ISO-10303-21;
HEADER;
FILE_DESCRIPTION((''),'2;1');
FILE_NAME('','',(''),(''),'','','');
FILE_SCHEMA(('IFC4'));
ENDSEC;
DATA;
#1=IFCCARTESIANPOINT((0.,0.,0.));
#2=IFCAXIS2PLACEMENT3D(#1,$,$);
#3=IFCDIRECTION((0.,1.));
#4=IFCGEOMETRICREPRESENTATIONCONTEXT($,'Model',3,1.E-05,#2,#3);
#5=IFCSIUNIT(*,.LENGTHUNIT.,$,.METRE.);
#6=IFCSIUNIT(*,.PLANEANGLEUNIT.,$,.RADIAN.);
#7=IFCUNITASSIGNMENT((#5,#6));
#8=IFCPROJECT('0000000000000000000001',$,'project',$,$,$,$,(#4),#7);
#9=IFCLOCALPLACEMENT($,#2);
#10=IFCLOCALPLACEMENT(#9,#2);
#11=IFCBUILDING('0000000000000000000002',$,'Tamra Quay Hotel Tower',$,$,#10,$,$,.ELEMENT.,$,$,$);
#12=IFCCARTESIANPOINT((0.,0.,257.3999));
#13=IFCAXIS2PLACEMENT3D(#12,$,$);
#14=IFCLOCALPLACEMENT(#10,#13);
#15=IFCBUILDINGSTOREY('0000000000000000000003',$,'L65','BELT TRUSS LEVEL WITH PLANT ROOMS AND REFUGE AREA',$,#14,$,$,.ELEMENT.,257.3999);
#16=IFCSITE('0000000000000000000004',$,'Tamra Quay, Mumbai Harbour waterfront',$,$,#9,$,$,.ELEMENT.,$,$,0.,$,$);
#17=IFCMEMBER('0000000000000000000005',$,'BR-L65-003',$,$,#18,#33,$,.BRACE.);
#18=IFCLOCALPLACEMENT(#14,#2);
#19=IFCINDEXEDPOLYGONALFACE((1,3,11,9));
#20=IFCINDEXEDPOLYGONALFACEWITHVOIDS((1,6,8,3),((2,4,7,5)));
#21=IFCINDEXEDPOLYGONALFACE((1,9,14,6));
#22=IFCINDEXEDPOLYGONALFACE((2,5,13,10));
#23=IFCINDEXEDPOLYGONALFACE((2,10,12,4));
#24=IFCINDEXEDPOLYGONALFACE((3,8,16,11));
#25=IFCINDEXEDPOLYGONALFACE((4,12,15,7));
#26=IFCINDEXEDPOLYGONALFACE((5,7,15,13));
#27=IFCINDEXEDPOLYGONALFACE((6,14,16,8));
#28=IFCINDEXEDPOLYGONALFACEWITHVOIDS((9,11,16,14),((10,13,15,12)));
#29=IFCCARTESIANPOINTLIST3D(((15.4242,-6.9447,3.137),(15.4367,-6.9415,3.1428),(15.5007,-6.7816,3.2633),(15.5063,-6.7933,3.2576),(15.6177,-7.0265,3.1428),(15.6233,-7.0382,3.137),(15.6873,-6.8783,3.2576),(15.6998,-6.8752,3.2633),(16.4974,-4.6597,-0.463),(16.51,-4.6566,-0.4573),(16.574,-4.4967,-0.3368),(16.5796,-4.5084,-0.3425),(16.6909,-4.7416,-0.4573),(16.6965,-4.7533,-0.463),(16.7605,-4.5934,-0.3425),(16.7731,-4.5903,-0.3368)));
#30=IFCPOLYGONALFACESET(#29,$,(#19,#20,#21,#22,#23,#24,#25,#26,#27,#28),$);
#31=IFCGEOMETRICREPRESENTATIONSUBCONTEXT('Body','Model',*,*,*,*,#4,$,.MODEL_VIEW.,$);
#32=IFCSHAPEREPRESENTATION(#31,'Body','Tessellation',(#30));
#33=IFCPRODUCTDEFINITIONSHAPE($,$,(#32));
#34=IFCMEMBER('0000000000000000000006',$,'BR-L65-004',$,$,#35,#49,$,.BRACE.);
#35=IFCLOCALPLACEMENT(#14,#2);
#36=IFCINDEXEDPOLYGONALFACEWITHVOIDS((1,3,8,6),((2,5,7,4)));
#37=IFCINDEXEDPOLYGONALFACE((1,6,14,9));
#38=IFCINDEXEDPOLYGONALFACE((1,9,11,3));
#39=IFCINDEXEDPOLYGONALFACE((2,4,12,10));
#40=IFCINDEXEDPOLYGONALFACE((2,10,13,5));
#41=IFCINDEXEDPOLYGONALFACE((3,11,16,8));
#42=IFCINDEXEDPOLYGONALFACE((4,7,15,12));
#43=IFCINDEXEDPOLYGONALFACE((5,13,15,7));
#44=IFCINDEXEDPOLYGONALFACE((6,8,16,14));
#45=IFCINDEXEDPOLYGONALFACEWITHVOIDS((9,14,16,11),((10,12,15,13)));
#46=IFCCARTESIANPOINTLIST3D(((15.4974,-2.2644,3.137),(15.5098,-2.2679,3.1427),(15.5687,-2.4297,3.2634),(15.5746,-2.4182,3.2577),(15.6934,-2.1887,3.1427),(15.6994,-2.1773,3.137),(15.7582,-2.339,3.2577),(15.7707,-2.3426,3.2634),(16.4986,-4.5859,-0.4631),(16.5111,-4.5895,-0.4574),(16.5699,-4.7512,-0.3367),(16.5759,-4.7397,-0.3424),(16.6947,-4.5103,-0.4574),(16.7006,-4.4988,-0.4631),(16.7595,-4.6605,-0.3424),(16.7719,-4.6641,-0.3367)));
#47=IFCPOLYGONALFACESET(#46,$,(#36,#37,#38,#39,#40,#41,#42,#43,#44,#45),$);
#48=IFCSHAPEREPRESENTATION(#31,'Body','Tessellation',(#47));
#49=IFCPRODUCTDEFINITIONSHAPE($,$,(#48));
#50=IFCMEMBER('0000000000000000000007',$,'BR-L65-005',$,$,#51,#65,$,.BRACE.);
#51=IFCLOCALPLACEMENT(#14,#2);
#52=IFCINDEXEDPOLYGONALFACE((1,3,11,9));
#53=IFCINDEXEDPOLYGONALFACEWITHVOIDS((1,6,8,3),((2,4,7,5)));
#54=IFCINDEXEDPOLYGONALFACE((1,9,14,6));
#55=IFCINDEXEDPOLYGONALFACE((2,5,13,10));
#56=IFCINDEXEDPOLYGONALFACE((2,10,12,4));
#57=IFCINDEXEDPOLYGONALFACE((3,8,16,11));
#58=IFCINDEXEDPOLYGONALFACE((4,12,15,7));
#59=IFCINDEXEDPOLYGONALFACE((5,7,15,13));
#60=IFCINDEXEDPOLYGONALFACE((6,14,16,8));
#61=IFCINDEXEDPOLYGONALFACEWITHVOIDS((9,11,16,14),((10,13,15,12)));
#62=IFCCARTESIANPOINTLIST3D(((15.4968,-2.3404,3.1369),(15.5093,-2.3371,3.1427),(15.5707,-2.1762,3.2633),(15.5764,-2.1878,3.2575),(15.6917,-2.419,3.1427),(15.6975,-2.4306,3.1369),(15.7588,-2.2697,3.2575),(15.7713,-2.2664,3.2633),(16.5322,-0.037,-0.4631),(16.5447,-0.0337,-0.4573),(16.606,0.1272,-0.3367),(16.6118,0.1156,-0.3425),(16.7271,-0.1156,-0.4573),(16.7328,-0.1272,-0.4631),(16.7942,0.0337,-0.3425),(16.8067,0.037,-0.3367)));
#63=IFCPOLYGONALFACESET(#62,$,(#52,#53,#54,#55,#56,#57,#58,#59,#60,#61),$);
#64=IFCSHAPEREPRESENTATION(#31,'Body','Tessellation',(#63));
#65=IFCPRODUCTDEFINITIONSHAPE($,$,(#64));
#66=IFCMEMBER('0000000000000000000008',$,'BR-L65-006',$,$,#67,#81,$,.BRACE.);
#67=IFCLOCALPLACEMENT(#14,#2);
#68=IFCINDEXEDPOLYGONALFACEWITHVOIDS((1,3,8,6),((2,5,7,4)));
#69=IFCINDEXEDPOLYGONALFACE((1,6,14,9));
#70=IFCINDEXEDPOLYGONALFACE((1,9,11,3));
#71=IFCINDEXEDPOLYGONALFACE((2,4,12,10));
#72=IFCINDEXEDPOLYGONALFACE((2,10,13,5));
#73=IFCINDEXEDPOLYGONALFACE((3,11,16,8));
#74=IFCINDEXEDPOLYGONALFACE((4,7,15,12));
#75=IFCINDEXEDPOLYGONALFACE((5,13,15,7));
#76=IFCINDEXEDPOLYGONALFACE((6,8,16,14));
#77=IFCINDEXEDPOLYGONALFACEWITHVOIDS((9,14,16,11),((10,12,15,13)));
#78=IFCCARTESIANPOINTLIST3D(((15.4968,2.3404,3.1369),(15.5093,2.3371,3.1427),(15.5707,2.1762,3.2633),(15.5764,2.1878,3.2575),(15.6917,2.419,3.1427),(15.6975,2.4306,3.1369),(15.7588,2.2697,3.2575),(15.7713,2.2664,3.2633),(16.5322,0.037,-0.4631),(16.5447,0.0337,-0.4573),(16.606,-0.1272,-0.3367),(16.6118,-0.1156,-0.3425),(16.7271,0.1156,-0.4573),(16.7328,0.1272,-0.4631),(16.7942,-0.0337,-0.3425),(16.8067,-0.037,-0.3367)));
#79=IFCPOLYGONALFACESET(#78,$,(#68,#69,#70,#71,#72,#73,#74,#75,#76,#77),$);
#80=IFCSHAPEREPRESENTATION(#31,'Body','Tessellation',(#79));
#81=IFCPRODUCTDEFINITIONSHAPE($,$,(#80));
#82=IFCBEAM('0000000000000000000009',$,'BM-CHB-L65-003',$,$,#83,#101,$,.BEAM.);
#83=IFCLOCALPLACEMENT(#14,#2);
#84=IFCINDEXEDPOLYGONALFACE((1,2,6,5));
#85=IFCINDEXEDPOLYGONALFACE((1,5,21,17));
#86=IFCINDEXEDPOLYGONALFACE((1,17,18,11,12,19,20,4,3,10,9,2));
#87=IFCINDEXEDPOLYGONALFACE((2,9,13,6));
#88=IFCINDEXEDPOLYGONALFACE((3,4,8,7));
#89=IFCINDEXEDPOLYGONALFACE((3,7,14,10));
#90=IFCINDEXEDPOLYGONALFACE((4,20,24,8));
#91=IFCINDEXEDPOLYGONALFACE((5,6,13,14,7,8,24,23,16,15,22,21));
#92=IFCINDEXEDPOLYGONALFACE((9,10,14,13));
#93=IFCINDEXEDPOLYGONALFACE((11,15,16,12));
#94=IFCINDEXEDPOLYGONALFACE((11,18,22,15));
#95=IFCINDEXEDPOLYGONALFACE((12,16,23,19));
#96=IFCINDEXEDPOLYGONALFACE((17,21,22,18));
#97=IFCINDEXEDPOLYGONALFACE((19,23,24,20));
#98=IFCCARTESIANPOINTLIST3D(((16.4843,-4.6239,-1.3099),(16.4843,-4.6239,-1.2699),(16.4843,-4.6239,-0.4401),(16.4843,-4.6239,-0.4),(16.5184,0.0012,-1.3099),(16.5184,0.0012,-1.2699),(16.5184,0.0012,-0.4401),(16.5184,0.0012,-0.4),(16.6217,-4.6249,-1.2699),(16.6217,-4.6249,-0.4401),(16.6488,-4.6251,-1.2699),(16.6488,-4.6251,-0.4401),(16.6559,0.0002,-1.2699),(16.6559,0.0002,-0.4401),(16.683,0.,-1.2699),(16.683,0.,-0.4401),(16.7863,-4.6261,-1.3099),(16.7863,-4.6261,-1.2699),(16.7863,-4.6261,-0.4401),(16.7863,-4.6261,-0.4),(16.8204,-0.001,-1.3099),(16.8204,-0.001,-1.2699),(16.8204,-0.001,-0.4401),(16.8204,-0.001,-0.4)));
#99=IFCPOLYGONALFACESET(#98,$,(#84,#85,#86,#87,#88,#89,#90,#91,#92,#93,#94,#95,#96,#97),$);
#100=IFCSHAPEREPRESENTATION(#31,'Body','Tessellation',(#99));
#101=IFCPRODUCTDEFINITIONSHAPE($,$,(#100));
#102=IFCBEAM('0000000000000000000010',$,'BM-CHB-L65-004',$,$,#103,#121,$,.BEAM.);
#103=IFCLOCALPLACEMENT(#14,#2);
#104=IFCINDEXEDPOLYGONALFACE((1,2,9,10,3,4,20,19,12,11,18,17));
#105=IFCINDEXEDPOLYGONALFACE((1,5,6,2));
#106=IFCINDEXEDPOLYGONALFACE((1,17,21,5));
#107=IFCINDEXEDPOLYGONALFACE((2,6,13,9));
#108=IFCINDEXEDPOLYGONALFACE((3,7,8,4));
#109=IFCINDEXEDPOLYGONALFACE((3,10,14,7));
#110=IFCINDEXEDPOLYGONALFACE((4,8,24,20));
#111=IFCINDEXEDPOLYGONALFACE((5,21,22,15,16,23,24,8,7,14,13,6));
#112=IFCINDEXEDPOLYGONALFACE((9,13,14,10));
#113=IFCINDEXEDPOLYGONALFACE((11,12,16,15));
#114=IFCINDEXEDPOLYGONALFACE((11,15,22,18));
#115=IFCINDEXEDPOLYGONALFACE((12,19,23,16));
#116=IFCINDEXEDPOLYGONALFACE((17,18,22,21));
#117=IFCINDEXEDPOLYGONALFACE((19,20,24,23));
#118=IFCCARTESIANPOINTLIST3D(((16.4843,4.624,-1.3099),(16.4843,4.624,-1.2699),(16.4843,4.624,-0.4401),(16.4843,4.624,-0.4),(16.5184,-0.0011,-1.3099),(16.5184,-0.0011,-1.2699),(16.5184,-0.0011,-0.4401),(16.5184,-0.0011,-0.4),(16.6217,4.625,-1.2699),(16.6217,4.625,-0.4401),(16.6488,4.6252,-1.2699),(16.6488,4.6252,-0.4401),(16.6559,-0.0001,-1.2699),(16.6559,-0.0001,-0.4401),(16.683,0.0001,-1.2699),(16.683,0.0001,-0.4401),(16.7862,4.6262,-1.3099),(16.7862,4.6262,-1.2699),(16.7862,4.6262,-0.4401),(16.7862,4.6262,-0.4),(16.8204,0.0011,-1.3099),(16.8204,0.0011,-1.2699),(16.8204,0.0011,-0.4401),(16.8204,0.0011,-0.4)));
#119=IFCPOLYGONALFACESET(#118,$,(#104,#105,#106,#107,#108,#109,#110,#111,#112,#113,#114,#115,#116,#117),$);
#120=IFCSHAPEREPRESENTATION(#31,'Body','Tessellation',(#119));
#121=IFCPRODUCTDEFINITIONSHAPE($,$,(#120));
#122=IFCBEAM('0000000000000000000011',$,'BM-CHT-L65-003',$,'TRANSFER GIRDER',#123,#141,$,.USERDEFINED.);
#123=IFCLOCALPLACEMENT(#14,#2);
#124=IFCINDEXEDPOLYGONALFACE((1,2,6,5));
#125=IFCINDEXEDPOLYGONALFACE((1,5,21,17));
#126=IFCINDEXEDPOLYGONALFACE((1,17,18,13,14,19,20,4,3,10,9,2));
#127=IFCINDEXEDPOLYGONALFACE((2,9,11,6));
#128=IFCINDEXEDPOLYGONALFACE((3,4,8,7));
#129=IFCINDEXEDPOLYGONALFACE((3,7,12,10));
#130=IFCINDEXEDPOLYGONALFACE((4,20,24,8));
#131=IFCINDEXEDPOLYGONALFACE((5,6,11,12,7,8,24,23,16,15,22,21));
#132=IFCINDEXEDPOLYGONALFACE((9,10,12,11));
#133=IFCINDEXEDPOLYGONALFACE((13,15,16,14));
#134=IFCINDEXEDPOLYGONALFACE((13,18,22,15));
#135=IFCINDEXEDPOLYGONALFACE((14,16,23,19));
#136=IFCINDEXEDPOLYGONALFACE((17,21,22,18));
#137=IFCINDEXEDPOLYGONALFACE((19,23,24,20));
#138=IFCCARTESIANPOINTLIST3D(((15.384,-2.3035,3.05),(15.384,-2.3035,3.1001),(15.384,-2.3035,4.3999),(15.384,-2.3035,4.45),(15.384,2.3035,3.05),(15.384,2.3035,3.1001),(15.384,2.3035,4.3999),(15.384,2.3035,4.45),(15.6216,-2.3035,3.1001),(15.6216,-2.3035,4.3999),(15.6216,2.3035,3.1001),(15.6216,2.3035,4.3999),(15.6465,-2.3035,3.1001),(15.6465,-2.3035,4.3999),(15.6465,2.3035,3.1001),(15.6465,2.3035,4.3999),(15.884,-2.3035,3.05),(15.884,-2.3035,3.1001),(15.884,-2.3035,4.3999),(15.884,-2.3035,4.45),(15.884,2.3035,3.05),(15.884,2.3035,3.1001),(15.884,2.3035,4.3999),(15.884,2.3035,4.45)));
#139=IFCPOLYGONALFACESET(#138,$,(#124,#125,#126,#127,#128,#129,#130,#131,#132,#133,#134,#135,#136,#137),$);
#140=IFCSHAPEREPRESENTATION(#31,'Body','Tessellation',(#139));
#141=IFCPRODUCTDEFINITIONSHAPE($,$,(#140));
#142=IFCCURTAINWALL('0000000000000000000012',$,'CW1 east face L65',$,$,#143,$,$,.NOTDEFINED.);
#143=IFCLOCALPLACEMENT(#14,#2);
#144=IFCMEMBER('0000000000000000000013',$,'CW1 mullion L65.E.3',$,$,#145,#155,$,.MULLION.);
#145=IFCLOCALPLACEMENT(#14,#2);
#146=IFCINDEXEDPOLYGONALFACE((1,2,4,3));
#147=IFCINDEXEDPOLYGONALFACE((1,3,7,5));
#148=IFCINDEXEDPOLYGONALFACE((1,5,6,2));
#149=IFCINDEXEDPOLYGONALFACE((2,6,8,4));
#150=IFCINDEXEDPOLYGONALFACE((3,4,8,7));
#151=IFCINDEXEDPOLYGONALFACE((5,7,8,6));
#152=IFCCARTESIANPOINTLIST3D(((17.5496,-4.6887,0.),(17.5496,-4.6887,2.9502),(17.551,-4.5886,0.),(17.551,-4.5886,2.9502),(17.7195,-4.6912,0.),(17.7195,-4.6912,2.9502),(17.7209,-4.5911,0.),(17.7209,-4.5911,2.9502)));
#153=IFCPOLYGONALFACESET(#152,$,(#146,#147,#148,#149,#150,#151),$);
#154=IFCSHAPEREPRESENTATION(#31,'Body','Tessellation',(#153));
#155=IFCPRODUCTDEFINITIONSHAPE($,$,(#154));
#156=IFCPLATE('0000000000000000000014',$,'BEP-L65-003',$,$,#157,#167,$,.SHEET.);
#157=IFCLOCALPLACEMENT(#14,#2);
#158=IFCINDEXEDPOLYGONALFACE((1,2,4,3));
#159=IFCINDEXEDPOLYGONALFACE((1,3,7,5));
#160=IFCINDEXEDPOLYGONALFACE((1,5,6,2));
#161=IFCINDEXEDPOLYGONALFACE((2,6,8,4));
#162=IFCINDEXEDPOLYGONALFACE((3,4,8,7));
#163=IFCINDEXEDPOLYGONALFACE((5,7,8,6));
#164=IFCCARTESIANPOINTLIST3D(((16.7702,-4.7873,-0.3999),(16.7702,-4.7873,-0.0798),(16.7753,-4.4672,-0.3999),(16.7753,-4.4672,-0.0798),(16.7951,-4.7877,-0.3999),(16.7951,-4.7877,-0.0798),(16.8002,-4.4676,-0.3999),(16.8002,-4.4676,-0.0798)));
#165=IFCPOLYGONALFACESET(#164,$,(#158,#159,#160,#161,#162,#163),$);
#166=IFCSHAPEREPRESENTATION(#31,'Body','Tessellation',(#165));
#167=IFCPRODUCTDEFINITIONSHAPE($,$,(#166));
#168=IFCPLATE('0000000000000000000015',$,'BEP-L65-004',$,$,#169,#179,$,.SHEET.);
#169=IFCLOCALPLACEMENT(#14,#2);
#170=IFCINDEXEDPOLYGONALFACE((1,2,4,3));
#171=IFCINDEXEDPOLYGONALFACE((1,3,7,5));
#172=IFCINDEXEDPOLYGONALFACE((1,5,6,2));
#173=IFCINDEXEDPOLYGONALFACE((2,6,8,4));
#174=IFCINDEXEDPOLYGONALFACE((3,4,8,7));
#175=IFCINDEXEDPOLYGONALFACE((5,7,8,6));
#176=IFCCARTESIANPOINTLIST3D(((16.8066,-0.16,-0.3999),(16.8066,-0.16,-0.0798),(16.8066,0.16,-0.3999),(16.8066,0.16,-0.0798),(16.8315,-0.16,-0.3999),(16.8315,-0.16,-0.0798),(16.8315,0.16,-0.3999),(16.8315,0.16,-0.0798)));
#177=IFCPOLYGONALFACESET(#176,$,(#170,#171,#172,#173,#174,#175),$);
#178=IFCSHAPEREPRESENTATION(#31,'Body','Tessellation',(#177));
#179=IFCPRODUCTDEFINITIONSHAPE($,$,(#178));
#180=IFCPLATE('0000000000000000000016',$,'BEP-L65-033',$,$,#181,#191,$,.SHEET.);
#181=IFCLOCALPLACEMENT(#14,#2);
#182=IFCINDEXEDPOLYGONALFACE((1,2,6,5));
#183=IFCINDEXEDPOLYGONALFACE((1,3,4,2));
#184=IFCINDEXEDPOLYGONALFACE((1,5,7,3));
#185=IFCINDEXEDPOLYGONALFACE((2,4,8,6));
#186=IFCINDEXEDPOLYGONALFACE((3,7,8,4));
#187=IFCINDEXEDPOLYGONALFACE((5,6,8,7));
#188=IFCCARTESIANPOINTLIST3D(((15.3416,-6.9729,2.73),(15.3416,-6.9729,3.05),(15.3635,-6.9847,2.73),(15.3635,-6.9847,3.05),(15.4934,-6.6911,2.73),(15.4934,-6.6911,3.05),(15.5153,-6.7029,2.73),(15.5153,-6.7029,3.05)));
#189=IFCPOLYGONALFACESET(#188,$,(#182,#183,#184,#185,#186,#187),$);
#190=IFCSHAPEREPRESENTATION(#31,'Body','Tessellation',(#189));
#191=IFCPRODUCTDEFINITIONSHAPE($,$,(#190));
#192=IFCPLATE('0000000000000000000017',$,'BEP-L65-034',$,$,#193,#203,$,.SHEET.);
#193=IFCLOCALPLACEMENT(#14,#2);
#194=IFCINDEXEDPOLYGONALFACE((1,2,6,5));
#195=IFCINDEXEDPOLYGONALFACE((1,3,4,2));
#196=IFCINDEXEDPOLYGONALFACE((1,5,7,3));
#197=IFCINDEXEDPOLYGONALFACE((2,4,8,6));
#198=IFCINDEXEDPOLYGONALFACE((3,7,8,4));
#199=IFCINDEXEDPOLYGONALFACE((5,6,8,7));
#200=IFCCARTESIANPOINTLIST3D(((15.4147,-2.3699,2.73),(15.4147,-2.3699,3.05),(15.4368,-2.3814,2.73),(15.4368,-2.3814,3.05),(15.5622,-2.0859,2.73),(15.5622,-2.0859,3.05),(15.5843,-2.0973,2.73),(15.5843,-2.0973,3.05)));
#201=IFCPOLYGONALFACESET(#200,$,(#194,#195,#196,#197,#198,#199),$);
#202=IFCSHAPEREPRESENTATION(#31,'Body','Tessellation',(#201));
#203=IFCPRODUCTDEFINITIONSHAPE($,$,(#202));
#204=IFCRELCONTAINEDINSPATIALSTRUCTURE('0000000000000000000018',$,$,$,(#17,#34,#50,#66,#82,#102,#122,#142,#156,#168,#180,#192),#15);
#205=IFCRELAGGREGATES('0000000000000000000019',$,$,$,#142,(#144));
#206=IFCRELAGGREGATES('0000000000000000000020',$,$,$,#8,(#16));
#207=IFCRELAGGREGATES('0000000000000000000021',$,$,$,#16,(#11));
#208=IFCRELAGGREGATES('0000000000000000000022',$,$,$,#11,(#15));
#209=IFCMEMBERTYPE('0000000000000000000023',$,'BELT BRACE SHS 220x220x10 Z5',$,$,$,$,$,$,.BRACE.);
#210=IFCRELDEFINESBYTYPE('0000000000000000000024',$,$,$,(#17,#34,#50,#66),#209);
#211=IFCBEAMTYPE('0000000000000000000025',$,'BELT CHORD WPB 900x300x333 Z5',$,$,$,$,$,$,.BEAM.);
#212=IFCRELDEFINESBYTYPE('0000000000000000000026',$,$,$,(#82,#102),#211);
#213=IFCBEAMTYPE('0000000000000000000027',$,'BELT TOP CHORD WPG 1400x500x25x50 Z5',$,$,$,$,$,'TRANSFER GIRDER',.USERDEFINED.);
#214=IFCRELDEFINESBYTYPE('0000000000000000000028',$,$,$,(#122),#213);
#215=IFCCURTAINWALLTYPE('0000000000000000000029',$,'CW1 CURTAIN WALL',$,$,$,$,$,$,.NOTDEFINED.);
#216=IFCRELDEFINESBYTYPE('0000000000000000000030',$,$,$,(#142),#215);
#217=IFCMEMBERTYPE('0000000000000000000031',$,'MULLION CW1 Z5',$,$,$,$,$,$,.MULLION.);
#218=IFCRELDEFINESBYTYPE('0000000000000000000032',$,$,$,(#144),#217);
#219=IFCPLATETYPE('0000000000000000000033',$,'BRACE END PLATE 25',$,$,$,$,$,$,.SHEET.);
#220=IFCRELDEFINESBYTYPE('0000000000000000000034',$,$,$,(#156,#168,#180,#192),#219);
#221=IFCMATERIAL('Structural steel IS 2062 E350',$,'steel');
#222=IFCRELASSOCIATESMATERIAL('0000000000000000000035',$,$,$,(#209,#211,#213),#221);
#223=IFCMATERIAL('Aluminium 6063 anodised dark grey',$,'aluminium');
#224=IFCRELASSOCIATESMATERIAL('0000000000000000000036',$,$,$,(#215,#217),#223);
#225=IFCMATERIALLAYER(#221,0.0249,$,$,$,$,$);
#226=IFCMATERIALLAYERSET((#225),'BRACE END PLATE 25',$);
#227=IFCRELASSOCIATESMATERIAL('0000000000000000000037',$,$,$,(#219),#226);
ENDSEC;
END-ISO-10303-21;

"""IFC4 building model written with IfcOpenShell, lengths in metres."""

from ifc_helpers import new_model, si_unit, direction, frame, origin, origin_2d, place, context, subcontext, project, spatial, rectangle, hollow_rectangle, i_section, extrude, material, layer, layer_set, material_profile, profile_set, type_object, element, aggregate, save


model = new_model("IFC4")

# Units and contexts
model_context = context("Model", 3, precision=1e-05, world=origin(), true_north=direction((0.0, 1.0)))
body_context = subcontext(model_context, "Body", "Model", "MODEL_VIEW")
ifc_project = project(units=[si_unit("LENGTHUNIT", "METRE"), si_unit("PLANEANGLEUNIT", "RADIAN")], contexts=[model_context])

# Site, building, storey
site_placement = place(None, origin())
site = spatial("IfcSite", under=ifc_project, at=site_placement, Name="Tamra Quay, Mumbai Harbour waterfront", CompositionType="ELEMENT", RefElevation=0.0)
building_placement = place(site_placement, origin())
building = spatial("IfcBuilding", under=site, at=building_placement, Name="Tamra Quay Hotel Tower", CompositionType="ELEMENT")
storey_placement = place(building_placement, frame((0.0, 0.0, 257.3999)))
storey = spatial("IfcBuildingStorey", under=building, at=storey_placement, Name="L65", Description="BELT TRUSS LEVEL WITH PLANT ROOMS AND REFUGE AREA", CompositionType="ELEMENT", Elevation=257.3999)

# Members
ifc_material_1 = material(Name="Structural steel IS 2062 E350", Category="steel")
ifc_material_profile_1 = material_profile(ifc_material_1, hollow_rectangle(XDim=0.22, YDim=0.22, WallThickness=0.01, at=origin_2d()), Name="SHS 220x220x10")
ifc_profile_set_1 = profile_set([ifc_material_profile_1], Name="Structural steel IS 2062 E350")
member_type_1 = type_object("IfcMemberType", Name="BELT BRACE SHS 220x220x10 Z5", PredefinedType="BRACE", material=ifc_profile_set_1)
member_1_placement = place(storey_placement, frame((16.6353, -4.625, -0.3999), z_axis=(-0.244087, -0.519656, 0.818767), x_axis=(0.905125, -0.425145, 0.0)))
element("IfcMember", 1, at=member_1_placement, inside=storey, type_object=member_type_1, Name="BR-L65-003", PredefinedType="BRACE", context=body_context, shape_type="SweptSolid", body=[
    extrude(hollow_rectangle(XDim=0.22, YDim=0.22, WallThickness=0.01, at=origin_2d()), origin(), (0.0, 0.0, 1.0), 4.397),
])
member_2_placement = place(storey_placement, frame((16.6353, -4.625, -0.3999), z_axis=(-0.227593, 0.527721, 0.818359), x_axis=(-0.918244, -0.396016, 0.0)))
element("IfcMember", 2, at=member_2_placement, inside=storey, type_object=member_type_1, Name="BR-L65-004", PredefinedType="BRACE", context=body_context, shape_type="SweptSolid", body=[
    extrude(hollow_rectangle(XDim=0.22, YDim=0.22, WallThickness=0.01, at=origin_2d()), origin(), (0.0, 0.0, 1.0), 4.3992),
])
for number, where, z_axis, x_axis, name in (
    (3, (16.6694, 0.0, -0.3999), (-0.235448, -0.523803, 0.818654), (0.912093, -0.409983, 0.0), "BR-L65-005"),
    (4, (16.6694, 0.0, -0.3999), (-0.235448, 0.523803, 0.818654), (-0.912093, -0.409983, 0.0), "BR-L65-006"),
):
    element("IfcMember", number, at=place(storey_placement, frame(where, z_axis=z_axis, x_axis=x_axis)), inside=storey, type_object=member_type_1, Name=name, PredefinedType="BRACE", context=body_context, shape_type="SweptSolid", body=[
        extrude(hollow_rectangle(XDim=0.22, YDim=0.22, WallThickness=0.01, at=origin_2d()), origin(), (0.0, 0.0, 1.0), 4.3975),
    ])

# Beams
ifc_material_profile_2 = material_profile(ifc_material_1, i_section(OverallWidth=0.302, OverallDepth=0.9099, WebThickness=0.0271, FlangeThickness=0.04, at=origin_2d()), Name="WPB 900x300x333")
ifc_profile_set_2 = profile_set([ifc_material_profile_2], Name="Structural steel IS 2062 E350")
beam_type_1 = type_object("IfcBeamType", Name="BELT CHORD WPB 900x300x333 Z5", PredefinedType="BEAM", material=ifc_profile_set_2)
for number, where, z_axis, x_axis, name in (
    (5, (16.6353, -4.625, -0.855), (0.00739, 0.999973, 0.0), (-0.999973, 0.00739, 0.0), "BM-CHB-L65-003"),
    (6, (16.6694, 0.0, -0.855), (-0.00739, 0.999973, 0.0), (-0.999973, -0.00739, 0.0), "BM-CHB-L65-004"),
):
    element("IfcBeam", number, at=place(storey_placement, frame(where, z_axis=z_axis, x_axis=x_axis)), inside=storey, type_object=beam_type_1, Name=name, PredefinedType="BEAM", context=body_context, shape_type="SweptSolid", body=[
        extrude(i_section(OverallWidth=0.302, OverallDepth=0.9099, WebThickness=0.0271, FlangeThickness=0.04, at=origin_2d()), origin(), (0.0, 0.0, 1.0), 4.6252),
    ])
ifc_material_profile_3 = material_profile(ifc_material_1, i_section(OverallWidth=0.5, OverallDepth=1.3999, WebThickness=0.0249, FlangeThickness=0.05, at=origin_2d()), Name="WPG 1400x500x25x50")
ifc_profile_set_3 = profile_set([ifc_material_profile_3], Name="Structural steel IS 2062 E350")
beam_type_2 = type_object("IfcBeamType", Name="BELT TOP CHORD WPG 1400x500x25x50 Z5", ElementType="TRANSFER GIRDER", PredefinedType="USERDEFINED", material=ifc_profile_set_3)
beam_placement = place(storey_placement, frame((15.634, -2.3035, 3.75), z_axis=(0.0, 1.0, 0.0), x_axis=(-1.0, 0.0, 0.0)))
element("IfcBeam", 7, at=beam_placement, inside=storey, type_object=beam_type_2, Name="BM-CHT-L65-003", ObjectType="TRANSFER GIRDER", PredefinedType="USERDEFINED", context=body_context, shape_type="SweptSolid", body=[
    extrude(i_section(OverallWidth=0.5, OverallDepth=1.3999, WebThickness=0.0249, FlangeThickness=0.05, at=origin_2d()), origin(), (0.0, 0.0, 1.0), 4.6069),
])

# Curtain wall, member
ifc_material_2 = material(Name="Aluminium 6063 anodised dark grey", Category="aluminium")
curtain_wall_type = type_object("IfcCurtainWallType", Name="CW1 CURTAIN WALL", PredefinedType="NOTDEFINED", material=ifc_material_2)
curtain_wall_placement = place(storey_placement, origin())
curtain_wall = element("IfcCurtainWall", 8, at=curtain_wall_placement, inside=storey, type_object=curtain_wall_type, Name="CW1 east face L65", PredefinedType="NOTDEFINED")
ifc_material_profile_4 = material_profile(ifc_material_2, rectangle(XDim=0.1699, YDim=0.1001, at=origin_2d()), Name="MULLION 100X170")
ifc_profile_set_4 = profile_set([ifc_material_profile_4], Name="Aluminium 6063 anodised dark grey")
member_type_2 = type_object("IfcMemberType", Name="MULLION CW1 Z5", PredefinedType="MULLION", material=ifc_profile_set_4)
member_3_placement = place(storey_placement, frame((17.6353, -4.6399, 0.0), z_axis=(0.0, 0.0, 1.0), x_axis=(0.999892, -0.014713, 0.0)))
member_3 = element("IfcMember", 9, at=member_3_placement, type_object=member_type_2, Name="CW1 mullion L65.E.3", PredefinedType="MULLION", context=body_context, shape_type="SweptSolid", body=[
    extrude(rectangle(XDim=0.1699, YDim=0.1001, at=origin_2d()), origin(), (0.0, 0.0, 1.0), 2.9502),
])

# Plates
ifc_layer_1 = layer(ifc_material_1, 0.0249)
ifc_layer_set_1 = layer_set([ifc_layer_1], Name="BRACE END PLATE 25")
plate_type_1 = type_object("IfcPlateType", Name="BRACE END PLATE 25", PredefinedType="SHEET", material=ifc_layer_set_1)
for number, where, z_axis, x_axis, name in (
    (10, (16.7852, -4.6274, -0.3999), (0.0, 0.0, 1.0), (-0.999873, 0.015967, 0.0), "BEP-L65-003"),
    (11, (16.8191, 0.0, -0.3999), (0.0, 0.0, 1.0), (1.0, 0.0, 0.0), "BEP-L65-004"),
    (12, (15.4285, -6.8379, 2.73), (0.0, 0.0, 1.0), (-0.880411, 0.474211, 0.0), "BEP-L65-033"),
    (13, (15.4995, -2.2336, 2.73), (0.0, 0.0, 1.0), (-0.887525, 0.460759, 0.0), "BEP-L65-034"),
):
    element("IfcPlate", number, at=place(storey_placement, frame(where, z_axis=z_axis, x_axis=x_axis)), inside=storey, type_object=plate_type_1, Name=name, PredefinedType="SHEET", context=body_context, shape_type="SweptSolid", body=[
        extrude(rectangle(XDim=0.0249, YDim=0.3201, at=origin_2d()), origin(), (0.0, 0.0, 1.0), 0.3201),
    ])

aggregate(curtain_wall, [member_3])

save(model, "model.ifc")
